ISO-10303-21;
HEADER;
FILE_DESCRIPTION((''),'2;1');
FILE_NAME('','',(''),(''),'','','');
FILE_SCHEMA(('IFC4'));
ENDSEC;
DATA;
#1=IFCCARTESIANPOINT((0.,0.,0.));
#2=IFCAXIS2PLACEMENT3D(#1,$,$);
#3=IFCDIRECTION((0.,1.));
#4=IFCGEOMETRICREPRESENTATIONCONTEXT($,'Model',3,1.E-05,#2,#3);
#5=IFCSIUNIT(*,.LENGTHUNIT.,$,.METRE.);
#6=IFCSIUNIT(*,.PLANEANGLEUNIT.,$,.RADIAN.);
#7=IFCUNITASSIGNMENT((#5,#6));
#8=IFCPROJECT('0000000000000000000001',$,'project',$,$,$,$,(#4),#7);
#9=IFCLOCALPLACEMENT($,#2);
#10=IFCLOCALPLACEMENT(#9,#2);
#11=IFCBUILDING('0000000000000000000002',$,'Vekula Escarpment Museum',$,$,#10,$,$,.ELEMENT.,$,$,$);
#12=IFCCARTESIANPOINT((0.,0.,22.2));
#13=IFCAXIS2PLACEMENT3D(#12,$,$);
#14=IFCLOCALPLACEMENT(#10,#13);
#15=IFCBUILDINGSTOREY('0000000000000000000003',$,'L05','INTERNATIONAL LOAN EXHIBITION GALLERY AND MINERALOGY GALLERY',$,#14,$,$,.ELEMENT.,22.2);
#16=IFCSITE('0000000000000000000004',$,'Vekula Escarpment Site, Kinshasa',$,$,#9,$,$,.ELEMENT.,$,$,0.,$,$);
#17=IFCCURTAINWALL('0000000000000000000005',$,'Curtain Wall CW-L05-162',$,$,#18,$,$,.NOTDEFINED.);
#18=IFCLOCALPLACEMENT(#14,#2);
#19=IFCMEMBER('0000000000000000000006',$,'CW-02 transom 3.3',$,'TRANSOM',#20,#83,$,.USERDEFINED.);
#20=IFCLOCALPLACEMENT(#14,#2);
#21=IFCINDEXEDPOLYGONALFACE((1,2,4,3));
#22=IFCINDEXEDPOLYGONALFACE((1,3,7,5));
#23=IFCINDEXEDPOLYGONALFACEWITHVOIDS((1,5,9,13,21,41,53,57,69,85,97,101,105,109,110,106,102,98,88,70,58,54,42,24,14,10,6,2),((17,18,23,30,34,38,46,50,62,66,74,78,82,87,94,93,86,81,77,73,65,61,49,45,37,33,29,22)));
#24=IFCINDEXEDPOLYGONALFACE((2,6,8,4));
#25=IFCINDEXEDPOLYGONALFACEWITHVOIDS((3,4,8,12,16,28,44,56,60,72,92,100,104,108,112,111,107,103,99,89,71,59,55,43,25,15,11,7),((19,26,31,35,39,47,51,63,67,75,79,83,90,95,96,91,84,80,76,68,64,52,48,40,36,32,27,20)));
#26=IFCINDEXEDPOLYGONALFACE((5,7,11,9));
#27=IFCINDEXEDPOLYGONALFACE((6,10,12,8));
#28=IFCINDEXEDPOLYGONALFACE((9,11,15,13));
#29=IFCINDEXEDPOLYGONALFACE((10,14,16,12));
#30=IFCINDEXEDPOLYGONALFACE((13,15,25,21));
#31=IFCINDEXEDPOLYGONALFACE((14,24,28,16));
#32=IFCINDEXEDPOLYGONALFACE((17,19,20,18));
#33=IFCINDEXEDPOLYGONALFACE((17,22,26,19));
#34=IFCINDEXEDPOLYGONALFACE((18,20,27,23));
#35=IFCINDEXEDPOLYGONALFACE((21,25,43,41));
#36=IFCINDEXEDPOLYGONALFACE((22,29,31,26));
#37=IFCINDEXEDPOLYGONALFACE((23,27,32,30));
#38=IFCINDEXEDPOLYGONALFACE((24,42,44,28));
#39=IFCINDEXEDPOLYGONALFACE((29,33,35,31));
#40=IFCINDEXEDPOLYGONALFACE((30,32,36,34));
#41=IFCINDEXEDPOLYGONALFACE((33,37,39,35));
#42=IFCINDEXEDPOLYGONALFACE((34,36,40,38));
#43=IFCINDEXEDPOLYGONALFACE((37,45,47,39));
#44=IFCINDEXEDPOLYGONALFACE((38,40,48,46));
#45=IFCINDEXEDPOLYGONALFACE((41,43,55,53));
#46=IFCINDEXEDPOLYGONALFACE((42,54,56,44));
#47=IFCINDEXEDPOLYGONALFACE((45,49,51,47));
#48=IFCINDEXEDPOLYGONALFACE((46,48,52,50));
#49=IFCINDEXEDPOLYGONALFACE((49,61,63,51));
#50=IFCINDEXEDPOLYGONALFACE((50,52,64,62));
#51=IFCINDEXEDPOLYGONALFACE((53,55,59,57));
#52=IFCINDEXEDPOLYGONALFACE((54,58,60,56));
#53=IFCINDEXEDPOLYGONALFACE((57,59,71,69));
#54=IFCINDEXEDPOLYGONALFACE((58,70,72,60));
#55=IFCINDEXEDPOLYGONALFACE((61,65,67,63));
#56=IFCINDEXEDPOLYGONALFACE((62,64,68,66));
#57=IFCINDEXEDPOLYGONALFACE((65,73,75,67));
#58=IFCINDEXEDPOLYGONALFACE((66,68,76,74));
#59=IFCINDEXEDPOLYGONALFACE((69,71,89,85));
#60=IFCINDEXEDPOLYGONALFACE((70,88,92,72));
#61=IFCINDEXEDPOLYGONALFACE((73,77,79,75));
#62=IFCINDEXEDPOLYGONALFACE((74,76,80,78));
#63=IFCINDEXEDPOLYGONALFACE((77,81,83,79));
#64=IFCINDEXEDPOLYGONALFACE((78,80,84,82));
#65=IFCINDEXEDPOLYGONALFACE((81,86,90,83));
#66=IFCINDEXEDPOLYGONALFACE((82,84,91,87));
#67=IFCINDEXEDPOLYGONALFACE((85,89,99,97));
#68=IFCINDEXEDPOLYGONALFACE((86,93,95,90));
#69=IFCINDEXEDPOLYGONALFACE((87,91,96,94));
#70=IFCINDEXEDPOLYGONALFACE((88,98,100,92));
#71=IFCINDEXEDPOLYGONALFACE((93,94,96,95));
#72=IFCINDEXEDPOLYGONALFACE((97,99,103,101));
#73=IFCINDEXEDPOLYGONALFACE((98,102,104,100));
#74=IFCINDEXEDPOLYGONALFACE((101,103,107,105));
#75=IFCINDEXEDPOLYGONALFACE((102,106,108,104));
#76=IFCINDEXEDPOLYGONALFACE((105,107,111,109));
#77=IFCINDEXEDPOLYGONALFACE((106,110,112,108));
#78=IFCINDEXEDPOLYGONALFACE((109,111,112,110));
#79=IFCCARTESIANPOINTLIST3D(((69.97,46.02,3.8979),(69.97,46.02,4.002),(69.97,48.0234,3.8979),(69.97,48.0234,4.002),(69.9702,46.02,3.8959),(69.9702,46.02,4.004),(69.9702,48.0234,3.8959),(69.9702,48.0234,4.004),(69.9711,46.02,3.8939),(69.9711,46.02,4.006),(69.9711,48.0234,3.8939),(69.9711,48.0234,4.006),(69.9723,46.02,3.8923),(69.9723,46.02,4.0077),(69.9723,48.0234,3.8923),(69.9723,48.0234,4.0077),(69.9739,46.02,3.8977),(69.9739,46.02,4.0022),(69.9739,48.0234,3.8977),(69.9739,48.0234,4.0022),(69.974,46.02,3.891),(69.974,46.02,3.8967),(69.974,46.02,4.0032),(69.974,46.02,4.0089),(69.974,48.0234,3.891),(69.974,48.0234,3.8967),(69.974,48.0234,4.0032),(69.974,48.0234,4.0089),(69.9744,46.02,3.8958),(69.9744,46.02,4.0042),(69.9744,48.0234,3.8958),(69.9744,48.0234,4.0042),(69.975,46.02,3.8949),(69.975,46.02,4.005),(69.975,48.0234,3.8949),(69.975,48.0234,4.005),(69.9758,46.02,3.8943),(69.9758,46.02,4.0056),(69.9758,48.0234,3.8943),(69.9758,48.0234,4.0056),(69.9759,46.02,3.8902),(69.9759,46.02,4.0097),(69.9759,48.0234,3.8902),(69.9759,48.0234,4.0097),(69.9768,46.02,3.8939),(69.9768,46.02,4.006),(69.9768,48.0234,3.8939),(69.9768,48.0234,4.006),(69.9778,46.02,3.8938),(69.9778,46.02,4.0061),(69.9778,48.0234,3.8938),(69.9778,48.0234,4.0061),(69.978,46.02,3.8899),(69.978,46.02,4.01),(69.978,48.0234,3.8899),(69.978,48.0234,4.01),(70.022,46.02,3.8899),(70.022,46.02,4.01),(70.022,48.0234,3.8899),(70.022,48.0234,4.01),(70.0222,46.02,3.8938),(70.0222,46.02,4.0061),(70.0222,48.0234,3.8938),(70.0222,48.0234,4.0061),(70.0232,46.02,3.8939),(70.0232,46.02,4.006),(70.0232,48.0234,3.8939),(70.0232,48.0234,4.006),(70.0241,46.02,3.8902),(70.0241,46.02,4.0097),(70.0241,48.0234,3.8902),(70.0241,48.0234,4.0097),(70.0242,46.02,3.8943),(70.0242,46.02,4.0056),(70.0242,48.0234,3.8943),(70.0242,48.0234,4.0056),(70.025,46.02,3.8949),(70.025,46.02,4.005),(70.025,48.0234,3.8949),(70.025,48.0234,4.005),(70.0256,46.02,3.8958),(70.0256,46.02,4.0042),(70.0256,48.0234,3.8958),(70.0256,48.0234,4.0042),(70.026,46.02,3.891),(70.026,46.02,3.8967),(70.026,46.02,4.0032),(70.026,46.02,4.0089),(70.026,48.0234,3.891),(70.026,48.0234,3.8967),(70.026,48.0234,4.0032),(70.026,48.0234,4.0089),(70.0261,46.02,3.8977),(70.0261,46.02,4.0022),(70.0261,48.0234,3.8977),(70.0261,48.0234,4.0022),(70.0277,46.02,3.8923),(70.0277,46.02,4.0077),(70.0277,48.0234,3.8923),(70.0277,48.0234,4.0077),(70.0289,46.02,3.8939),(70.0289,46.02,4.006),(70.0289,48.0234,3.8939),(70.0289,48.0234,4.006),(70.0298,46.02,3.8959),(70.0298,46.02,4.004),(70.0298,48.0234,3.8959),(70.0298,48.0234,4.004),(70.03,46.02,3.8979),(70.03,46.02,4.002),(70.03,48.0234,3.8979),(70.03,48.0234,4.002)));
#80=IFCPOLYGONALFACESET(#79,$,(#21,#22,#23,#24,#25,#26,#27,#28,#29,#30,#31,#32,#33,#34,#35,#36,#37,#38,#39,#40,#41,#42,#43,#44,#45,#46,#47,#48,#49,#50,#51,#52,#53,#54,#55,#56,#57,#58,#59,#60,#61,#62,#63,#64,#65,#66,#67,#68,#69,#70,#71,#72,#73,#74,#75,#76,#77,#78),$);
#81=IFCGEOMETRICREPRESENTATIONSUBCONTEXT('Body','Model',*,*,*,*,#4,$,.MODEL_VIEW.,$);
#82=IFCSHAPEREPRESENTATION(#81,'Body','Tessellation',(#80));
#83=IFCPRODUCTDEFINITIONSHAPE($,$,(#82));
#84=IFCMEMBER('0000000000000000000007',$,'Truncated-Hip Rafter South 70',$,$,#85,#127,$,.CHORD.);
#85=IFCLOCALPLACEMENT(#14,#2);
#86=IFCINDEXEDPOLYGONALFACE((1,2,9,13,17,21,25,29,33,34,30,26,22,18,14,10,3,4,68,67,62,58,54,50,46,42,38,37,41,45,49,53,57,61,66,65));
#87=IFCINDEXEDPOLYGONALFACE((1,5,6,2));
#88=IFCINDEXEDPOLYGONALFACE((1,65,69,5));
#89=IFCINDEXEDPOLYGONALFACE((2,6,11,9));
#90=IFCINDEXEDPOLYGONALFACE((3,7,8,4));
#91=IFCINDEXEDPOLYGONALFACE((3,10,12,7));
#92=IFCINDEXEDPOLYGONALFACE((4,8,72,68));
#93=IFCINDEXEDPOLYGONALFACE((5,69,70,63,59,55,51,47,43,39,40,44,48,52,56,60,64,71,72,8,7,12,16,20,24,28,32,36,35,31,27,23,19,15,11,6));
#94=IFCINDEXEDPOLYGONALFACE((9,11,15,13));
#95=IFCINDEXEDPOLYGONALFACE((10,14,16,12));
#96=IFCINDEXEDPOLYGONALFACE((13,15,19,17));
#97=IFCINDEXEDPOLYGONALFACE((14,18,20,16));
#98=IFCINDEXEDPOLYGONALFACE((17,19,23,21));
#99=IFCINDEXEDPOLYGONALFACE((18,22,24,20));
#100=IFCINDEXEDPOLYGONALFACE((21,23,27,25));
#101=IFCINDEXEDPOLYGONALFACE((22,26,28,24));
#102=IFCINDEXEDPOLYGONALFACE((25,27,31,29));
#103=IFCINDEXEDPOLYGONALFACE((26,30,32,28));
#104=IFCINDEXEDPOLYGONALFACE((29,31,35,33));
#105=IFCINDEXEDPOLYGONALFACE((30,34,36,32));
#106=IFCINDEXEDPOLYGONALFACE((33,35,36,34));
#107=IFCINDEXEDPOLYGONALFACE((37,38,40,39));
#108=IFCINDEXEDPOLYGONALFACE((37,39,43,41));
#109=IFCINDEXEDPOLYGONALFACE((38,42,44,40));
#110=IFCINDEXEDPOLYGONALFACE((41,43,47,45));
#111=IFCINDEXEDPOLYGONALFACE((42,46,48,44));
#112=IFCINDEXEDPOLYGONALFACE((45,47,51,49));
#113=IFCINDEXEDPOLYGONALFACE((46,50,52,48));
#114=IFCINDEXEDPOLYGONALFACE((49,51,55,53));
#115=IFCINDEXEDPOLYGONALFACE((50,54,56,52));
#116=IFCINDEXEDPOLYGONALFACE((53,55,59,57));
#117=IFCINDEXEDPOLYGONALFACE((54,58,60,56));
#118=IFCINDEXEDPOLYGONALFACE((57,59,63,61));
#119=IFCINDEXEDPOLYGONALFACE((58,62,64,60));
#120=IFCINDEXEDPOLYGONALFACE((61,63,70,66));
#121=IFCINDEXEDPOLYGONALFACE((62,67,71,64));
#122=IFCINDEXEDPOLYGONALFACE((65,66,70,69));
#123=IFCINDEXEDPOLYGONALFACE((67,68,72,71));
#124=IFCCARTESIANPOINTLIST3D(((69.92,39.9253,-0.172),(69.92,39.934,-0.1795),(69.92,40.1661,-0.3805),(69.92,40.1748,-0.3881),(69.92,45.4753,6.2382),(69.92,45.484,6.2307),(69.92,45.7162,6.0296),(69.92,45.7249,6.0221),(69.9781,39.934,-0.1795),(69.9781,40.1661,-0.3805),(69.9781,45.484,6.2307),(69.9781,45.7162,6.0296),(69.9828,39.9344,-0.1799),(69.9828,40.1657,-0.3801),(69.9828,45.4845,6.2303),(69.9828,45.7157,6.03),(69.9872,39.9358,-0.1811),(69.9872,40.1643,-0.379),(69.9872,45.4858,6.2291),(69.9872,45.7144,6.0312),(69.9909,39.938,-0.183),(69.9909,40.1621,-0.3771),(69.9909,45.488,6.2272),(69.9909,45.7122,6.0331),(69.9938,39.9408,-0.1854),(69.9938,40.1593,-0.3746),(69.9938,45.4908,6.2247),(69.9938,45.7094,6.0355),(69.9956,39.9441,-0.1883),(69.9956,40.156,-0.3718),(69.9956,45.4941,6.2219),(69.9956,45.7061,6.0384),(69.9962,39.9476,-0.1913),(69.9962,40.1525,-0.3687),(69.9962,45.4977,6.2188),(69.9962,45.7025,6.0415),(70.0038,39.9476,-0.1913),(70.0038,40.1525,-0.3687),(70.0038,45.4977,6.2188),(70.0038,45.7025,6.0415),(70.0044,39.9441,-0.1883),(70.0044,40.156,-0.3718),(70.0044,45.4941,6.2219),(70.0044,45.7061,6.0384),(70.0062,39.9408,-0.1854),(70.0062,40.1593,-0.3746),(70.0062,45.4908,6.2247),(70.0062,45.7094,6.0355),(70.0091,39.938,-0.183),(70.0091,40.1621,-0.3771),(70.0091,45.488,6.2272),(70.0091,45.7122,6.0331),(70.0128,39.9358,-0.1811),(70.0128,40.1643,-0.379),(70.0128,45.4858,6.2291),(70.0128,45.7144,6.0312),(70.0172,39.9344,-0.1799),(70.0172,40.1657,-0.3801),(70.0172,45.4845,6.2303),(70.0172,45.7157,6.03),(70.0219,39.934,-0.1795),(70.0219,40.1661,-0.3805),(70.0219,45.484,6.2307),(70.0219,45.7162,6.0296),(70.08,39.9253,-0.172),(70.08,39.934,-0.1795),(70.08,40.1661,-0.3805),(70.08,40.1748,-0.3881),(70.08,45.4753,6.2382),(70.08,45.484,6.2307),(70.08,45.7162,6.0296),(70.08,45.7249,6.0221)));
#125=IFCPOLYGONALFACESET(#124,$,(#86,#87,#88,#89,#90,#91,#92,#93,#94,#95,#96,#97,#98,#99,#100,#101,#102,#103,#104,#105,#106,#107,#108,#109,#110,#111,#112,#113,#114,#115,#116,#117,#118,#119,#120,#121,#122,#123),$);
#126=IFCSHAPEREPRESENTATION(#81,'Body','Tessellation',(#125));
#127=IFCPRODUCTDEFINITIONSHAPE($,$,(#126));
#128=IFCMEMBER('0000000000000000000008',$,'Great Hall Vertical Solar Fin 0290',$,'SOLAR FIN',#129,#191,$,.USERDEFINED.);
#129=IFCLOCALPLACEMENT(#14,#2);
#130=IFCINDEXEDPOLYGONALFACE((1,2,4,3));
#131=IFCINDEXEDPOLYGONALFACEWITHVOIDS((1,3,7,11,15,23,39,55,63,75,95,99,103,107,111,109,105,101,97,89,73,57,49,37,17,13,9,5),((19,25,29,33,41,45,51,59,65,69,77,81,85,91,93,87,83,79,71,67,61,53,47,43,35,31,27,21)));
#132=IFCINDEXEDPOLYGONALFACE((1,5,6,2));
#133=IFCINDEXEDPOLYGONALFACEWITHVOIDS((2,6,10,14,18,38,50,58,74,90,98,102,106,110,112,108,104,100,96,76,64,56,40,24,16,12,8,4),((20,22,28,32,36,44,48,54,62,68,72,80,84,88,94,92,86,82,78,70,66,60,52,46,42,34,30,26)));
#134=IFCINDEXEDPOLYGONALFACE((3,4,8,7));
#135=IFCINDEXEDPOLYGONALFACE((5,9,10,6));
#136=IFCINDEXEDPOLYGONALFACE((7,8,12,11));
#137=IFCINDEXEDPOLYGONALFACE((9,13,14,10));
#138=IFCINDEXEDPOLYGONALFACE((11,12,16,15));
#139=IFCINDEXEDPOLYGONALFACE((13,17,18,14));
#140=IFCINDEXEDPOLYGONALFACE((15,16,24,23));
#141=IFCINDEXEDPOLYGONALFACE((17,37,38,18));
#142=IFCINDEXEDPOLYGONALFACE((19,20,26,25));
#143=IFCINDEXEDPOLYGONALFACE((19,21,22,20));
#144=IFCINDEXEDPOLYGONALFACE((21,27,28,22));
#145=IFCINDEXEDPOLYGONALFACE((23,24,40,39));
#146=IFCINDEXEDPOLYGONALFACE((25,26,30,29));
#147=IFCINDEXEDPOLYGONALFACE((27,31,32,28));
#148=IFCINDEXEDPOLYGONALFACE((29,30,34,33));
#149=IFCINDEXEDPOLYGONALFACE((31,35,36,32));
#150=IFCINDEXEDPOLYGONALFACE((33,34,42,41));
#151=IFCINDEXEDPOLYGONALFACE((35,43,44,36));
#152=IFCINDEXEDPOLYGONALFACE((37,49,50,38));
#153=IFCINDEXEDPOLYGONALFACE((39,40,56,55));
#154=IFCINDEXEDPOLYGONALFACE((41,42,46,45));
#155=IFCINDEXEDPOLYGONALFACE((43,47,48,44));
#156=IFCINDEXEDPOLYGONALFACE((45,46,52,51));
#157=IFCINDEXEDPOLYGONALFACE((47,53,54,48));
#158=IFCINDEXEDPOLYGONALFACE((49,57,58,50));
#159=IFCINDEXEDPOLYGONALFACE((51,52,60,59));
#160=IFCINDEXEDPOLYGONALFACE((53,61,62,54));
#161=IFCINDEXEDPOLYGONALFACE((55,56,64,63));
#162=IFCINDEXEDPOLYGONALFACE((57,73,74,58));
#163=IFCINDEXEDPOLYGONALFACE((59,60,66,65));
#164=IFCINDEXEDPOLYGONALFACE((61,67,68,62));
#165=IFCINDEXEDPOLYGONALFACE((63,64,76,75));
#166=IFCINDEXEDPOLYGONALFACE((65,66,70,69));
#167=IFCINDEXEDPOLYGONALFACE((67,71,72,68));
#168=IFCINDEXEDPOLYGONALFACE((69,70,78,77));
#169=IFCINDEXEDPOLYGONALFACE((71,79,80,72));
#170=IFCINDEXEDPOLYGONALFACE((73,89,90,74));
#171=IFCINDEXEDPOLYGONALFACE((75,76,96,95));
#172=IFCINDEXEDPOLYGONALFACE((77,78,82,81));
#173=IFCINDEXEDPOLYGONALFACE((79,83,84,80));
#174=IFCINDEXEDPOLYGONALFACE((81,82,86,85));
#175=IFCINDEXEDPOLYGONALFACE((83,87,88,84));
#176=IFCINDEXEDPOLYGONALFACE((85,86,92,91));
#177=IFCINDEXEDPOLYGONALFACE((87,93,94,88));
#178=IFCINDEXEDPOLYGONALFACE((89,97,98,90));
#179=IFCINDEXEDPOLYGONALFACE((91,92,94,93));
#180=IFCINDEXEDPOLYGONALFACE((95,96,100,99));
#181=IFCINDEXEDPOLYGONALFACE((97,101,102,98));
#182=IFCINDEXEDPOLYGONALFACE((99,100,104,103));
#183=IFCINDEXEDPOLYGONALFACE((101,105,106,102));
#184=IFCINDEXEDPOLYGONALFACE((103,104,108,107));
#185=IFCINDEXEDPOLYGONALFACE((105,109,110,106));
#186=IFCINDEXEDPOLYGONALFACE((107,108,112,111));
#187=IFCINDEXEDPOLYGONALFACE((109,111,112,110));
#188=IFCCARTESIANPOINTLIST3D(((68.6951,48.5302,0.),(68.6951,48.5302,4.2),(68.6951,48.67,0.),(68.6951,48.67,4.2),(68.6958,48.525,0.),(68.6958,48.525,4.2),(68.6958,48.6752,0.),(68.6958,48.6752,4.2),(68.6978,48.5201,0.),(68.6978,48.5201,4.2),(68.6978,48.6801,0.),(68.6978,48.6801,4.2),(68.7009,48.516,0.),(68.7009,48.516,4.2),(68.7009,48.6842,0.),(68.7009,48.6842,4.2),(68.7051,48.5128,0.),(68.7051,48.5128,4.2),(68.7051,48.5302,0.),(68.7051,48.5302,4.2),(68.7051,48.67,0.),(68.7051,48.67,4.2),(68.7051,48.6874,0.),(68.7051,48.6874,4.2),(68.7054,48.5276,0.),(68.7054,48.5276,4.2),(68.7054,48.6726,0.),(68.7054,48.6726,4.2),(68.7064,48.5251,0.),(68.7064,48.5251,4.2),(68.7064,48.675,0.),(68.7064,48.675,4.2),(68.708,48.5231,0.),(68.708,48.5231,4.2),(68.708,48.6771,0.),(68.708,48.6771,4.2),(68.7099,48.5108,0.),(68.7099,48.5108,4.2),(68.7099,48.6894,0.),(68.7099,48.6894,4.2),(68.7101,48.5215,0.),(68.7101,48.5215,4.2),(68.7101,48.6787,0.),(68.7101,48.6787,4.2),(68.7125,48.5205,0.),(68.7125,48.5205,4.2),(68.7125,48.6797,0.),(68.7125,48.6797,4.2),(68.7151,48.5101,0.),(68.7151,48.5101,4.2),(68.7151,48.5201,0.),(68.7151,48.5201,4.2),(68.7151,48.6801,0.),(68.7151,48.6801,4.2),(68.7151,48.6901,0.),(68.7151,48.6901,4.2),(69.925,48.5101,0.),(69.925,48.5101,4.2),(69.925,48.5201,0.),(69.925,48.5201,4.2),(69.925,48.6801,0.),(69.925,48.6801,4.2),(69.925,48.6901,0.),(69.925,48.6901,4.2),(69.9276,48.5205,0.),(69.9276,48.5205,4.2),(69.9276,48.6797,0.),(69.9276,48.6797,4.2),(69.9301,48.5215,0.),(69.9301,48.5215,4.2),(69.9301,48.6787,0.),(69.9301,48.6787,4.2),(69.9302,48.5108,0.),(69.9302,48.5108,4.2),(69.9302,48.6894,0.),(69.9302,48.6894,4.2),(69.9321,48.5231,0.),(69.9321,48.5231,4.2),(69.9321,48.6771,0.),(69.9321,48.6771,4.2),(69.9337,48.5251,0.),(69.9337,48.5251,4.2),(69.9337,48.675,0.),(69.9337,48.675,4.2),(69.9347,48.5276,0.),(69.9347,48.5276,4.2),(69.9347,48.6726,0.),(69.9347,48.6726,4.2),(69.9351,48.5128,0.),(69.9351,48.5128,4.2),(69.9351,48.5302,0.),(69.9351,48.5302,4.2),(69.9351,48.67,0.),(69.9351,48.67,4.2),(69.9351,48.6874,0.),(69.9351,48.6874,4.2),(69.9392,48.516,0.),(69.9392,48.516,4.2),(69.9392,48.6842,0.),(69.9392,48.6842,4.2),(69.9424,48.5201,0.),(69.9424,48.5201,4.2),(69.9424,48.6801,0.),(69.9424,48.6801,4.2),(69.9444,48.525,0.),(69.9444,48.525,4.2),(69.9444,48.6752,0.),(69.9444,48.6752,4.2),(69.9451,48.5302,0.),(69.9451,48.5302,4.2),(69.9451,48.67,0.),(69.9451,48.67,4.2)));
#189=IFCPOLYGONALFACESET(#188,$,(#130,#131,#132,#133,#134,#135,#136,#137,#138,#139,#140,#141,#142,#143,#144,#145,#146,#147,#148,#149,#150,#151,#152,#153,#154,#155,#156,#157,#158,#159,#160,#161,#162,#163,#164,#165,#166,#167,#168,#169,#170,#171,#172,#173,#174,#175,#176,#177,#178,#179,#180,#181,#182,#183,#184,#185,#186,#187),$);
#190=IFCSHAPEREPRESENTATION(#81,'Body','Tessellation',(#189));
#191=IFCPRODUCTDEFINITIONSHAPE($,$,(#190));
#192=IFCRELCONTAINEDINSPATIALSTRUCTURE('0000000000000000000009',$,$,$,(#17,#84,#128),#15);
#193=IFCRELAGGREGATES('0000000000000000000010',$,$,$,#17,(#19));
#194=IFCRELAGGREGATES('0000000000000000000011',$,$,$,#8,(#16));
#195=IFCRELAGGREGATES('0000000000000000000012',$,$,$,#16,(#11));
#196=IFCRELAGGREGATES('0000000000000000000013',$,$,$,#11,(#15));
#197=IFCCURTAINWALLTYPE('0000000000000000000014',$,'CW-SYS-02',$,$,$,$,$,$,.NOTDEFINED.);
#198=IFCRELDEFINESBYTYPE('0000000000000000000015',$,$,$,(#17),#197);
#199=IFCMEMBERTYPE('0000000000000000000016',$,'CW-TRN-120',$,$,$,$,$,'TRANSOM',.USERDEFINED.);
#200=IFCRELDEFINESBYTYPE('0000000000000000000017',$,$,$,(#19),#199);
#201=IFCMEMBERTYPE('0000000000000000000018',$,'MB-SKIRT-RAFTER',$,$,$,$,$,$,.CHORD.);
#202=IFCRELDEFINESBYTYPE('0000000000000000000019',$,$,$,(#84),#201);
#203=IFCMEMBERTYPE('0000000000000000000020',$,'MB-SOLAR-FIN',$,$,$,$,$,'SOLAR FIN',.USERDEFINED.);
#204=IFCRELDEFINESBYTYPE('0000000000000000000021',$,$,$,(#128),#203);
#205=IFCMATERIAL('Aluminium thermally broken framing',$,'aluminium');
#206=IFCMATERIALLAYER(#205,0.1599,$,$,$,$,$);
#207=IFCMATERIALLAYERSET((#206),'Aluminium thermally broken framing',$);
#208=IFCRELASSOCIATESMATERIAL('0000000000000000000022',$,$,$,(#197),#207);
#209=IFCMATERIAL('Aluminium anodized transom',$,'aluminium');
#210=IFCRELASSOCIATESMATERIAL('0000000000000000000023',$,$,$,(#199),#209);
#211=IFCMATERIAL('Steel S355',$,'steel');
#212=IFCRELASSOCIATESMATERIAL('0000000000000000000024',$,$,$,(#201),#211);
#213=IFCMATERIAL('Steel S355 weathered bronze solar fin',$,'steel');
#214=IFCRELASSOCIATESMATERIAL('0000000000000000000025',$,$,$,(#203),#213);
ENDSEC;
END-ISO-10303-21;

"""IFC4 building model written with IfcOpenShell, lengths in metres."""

from ifc_helpers import new_model, si_unit, direction, frame, origin, origin_2d, place, context, subcontext, project, spatial, hollow_rectangle, i_section, extrude, material, layer, layer_set, material_profile, profile_set, type_object, element, aggregate, save


model = new_model("IFC4")

# Units and contexts
model_context = context("Model", 3, precision=1e-05, world=origin(), true_north=direction((0.0, 1.0)))
body_context = subcontext(model_context, "Body", "Model", "MODEL_VIEW")
ifc_project = project(units=[si_unit("LENGTHUNIT", "METRE"), si_unit("PLANEANGLEUNIT", "RADIAN")], contexts=[model_context])

# Site, building, storey
site_placement = place(None, origin())
site = spatial("IfcSite", under=ifc_project, at=site_placement, Name="Vekula Escarpment Site, Kinshasa", CompositionType="ELEMENT", RefElevation=0.0)
building_placement = place(site_placement, origin())
building = spatial("IfcBuilding", under=site, at=building_placement, Name="Vekula Escarpment Museum", CompositionType="ELEMENT")
storey_placement = place(building_placement, frame((0.0, 0.0, 22.2)))
storey = spatial("IfcBuildingStorey", under=building, at=storey_placement, Name="L05", Description="INTERNATIONAL LOAN EXHIBITION GALLERY AND MINERALOGY GALLERY", CompositionType="ELEMENT", Elevation=22.2)

# Curtain wall, member
ifc_material_1 = material(Name="Aluminium thermally broken framing", Category="aluminium")
ifc_layer_1 = layer(ifc_material_1, 0.1599)
ifc_layer_set_1 = layer_set([ifc_layer_1], Name="Aluminium thermally broken framing")
curtain_wall_type = type_object("IfcCurtainWallType", Name="CW-SYS-02", PredefinedType="NOTDEFINED", material=ifc_layer_set_1)
curtain_wall_placement = place(storey_placement, origin())
curtain_wall = element("IfcCurtainWall", 1, at=curtain_wall_placement, inside=storey, type_object=curtain_wall_type, Name="Curtain Wall CW-L05-162", PredefinedType="NOTDEFINED")
ifc_material_2 = material(Name="Aluminium anodized transom", Category="aluminium")
ifc_material_profile_1 = material_profile(ifc_material_2, hollow_rectangle(XDim=0.0601, YDim=0.1201, WallThickness=0.0039, InnerFilletRadius=0.0039, OuterFilletRadius=0.0081, at=origin_2d()), Name="ALU 120x60x4")
ifc_profile_set_1 = profile_set([ifc_material_profile_1], Name="Aluminium anodized transom")
member_type_1 = type_object("IfcMemberType", Name="CW-TRN-120", ElementType="TRANSOM", PredefinedType="USERDEFINED", material=ifc_profile_set_1)
member_1_placement = place(storey_placement, frame((70.0, 48.0234, 3.95), z_axis=(0.0, -1.0, 0.0), x_axis=(1.0, 0.0, 0.0)))
member_1 = element("IfcMember", 2, at=member_1_placement, type_object=member_type_1, Name="CW-02 transom 3.3", ObjectType="TRANSOM", PredefinedType="USERDEFINED", context=body_context, shape_type="SweptSolid", body=[
    extrude(hollow_rectangle(XDim=0.0601, YDim=0.1201, WallThickness=0.0039, InnerFilletRadius=0.0039, OuterFilletRadius=0.0081, at=origin_2d()), origin(), (0.0, 0.0, 1.0), 2.0034),
])

# Members
ifc_material_3 = material(Name="Steel S355", Category="steel")
ifc_material_profile_2 = material_profile(ifc_material_3, i_section(OverallWidth=0.1599, OverallDepth=0.3301, WebThickness=0.0076, FlangeThickness=0.0115, FilletRadius=0.0181, at=origin_2d()), Name="IPE 330")
ifc_profile_set_2 = profile_set([ifc_material_profile_2], Name="Steel S355")
member_type_2 = type_object("IfcMemberType", Name="MB-SKIRT-RAFTER", PredefinedType="CHORD", material=ifc_profile_set_2)
member_2_placement = place(storey_placement, frame((70.0, 40.05, -0.28), z_axis=(0.0, 0.654565, 0.756005), x_axis=(-1.0, 0.0, 0.0)))
element("IfcMember", 3, at=member_2_placement, inside=storey, type_object=member_type_2, Name="Truncated-Hip Rafter South 70", PredefinedType="CHORD", context=body_context, shape_type="SweptSolid", body=[
    extrude(i_section(OverallWidth=0.1599, OverallDepth=0.3301, WebThickness=0.0076, FlangeThickness=0.0115, FilletRadius=0.0181, at=origin_2d()), origin(), (0.0, 0.0, 1.0), 8.479),
])
ifc_material_4 = material(Name="Steel S355 weathered bronze solar fin", Category="steel")
ifc_material_profile_3 = material_profile(ifc_material_4, hollow_rectangle(XDim=0.1799, YDim=1.25, WallThickness=0.01, InnerFilletRadius=0.01, OuterFilletRadius=0.02, at=origin_2d()), Name="RHS 1250x180x10")
ifc_profile_set_3 = profile_set([ifc_material_profile_3], Name="Steel S355 weathered bronze solar fin")
member_type_3 = type_object("IfcMemberType", Name="MB-SOLAR-FIN", ElementType="SOLAR FIN", PredefinedType="USERDEFINED", material=ifc_profile_set_3)
for number, where, z_axis, x_axis, name in (
    (4, (69.3201, 48.6001, 0.0), (0.0, 0.0, 1.0), (0.0, 1.0, 0.0), "Great Hall Vertical Solar Fin 0290"),
):
    element("IfcMember", number, at=place(storey_placement, frame(where, z_axis=z_axis, x_axis=x_axis)), inside=storey, type_object=member_type_3, Name=name, ObjectType="SOLAR FIN", PredefinedType="USERDEFINED", context=body_context, shape_type="SweptSolid", body=[
        extrude(hollow_rectangle(XDim=0.1799, YDim=1.25, WallThickness=0.01, InnerFilletRadius=0.01, OuterFilletRadius=0.02, at=origin_2d()), origin(), (0.0, 0.0, 1.0), 4.2),
    ])

aggregate(curtain_wall, [member_1])

save(model, "model.ifc")
